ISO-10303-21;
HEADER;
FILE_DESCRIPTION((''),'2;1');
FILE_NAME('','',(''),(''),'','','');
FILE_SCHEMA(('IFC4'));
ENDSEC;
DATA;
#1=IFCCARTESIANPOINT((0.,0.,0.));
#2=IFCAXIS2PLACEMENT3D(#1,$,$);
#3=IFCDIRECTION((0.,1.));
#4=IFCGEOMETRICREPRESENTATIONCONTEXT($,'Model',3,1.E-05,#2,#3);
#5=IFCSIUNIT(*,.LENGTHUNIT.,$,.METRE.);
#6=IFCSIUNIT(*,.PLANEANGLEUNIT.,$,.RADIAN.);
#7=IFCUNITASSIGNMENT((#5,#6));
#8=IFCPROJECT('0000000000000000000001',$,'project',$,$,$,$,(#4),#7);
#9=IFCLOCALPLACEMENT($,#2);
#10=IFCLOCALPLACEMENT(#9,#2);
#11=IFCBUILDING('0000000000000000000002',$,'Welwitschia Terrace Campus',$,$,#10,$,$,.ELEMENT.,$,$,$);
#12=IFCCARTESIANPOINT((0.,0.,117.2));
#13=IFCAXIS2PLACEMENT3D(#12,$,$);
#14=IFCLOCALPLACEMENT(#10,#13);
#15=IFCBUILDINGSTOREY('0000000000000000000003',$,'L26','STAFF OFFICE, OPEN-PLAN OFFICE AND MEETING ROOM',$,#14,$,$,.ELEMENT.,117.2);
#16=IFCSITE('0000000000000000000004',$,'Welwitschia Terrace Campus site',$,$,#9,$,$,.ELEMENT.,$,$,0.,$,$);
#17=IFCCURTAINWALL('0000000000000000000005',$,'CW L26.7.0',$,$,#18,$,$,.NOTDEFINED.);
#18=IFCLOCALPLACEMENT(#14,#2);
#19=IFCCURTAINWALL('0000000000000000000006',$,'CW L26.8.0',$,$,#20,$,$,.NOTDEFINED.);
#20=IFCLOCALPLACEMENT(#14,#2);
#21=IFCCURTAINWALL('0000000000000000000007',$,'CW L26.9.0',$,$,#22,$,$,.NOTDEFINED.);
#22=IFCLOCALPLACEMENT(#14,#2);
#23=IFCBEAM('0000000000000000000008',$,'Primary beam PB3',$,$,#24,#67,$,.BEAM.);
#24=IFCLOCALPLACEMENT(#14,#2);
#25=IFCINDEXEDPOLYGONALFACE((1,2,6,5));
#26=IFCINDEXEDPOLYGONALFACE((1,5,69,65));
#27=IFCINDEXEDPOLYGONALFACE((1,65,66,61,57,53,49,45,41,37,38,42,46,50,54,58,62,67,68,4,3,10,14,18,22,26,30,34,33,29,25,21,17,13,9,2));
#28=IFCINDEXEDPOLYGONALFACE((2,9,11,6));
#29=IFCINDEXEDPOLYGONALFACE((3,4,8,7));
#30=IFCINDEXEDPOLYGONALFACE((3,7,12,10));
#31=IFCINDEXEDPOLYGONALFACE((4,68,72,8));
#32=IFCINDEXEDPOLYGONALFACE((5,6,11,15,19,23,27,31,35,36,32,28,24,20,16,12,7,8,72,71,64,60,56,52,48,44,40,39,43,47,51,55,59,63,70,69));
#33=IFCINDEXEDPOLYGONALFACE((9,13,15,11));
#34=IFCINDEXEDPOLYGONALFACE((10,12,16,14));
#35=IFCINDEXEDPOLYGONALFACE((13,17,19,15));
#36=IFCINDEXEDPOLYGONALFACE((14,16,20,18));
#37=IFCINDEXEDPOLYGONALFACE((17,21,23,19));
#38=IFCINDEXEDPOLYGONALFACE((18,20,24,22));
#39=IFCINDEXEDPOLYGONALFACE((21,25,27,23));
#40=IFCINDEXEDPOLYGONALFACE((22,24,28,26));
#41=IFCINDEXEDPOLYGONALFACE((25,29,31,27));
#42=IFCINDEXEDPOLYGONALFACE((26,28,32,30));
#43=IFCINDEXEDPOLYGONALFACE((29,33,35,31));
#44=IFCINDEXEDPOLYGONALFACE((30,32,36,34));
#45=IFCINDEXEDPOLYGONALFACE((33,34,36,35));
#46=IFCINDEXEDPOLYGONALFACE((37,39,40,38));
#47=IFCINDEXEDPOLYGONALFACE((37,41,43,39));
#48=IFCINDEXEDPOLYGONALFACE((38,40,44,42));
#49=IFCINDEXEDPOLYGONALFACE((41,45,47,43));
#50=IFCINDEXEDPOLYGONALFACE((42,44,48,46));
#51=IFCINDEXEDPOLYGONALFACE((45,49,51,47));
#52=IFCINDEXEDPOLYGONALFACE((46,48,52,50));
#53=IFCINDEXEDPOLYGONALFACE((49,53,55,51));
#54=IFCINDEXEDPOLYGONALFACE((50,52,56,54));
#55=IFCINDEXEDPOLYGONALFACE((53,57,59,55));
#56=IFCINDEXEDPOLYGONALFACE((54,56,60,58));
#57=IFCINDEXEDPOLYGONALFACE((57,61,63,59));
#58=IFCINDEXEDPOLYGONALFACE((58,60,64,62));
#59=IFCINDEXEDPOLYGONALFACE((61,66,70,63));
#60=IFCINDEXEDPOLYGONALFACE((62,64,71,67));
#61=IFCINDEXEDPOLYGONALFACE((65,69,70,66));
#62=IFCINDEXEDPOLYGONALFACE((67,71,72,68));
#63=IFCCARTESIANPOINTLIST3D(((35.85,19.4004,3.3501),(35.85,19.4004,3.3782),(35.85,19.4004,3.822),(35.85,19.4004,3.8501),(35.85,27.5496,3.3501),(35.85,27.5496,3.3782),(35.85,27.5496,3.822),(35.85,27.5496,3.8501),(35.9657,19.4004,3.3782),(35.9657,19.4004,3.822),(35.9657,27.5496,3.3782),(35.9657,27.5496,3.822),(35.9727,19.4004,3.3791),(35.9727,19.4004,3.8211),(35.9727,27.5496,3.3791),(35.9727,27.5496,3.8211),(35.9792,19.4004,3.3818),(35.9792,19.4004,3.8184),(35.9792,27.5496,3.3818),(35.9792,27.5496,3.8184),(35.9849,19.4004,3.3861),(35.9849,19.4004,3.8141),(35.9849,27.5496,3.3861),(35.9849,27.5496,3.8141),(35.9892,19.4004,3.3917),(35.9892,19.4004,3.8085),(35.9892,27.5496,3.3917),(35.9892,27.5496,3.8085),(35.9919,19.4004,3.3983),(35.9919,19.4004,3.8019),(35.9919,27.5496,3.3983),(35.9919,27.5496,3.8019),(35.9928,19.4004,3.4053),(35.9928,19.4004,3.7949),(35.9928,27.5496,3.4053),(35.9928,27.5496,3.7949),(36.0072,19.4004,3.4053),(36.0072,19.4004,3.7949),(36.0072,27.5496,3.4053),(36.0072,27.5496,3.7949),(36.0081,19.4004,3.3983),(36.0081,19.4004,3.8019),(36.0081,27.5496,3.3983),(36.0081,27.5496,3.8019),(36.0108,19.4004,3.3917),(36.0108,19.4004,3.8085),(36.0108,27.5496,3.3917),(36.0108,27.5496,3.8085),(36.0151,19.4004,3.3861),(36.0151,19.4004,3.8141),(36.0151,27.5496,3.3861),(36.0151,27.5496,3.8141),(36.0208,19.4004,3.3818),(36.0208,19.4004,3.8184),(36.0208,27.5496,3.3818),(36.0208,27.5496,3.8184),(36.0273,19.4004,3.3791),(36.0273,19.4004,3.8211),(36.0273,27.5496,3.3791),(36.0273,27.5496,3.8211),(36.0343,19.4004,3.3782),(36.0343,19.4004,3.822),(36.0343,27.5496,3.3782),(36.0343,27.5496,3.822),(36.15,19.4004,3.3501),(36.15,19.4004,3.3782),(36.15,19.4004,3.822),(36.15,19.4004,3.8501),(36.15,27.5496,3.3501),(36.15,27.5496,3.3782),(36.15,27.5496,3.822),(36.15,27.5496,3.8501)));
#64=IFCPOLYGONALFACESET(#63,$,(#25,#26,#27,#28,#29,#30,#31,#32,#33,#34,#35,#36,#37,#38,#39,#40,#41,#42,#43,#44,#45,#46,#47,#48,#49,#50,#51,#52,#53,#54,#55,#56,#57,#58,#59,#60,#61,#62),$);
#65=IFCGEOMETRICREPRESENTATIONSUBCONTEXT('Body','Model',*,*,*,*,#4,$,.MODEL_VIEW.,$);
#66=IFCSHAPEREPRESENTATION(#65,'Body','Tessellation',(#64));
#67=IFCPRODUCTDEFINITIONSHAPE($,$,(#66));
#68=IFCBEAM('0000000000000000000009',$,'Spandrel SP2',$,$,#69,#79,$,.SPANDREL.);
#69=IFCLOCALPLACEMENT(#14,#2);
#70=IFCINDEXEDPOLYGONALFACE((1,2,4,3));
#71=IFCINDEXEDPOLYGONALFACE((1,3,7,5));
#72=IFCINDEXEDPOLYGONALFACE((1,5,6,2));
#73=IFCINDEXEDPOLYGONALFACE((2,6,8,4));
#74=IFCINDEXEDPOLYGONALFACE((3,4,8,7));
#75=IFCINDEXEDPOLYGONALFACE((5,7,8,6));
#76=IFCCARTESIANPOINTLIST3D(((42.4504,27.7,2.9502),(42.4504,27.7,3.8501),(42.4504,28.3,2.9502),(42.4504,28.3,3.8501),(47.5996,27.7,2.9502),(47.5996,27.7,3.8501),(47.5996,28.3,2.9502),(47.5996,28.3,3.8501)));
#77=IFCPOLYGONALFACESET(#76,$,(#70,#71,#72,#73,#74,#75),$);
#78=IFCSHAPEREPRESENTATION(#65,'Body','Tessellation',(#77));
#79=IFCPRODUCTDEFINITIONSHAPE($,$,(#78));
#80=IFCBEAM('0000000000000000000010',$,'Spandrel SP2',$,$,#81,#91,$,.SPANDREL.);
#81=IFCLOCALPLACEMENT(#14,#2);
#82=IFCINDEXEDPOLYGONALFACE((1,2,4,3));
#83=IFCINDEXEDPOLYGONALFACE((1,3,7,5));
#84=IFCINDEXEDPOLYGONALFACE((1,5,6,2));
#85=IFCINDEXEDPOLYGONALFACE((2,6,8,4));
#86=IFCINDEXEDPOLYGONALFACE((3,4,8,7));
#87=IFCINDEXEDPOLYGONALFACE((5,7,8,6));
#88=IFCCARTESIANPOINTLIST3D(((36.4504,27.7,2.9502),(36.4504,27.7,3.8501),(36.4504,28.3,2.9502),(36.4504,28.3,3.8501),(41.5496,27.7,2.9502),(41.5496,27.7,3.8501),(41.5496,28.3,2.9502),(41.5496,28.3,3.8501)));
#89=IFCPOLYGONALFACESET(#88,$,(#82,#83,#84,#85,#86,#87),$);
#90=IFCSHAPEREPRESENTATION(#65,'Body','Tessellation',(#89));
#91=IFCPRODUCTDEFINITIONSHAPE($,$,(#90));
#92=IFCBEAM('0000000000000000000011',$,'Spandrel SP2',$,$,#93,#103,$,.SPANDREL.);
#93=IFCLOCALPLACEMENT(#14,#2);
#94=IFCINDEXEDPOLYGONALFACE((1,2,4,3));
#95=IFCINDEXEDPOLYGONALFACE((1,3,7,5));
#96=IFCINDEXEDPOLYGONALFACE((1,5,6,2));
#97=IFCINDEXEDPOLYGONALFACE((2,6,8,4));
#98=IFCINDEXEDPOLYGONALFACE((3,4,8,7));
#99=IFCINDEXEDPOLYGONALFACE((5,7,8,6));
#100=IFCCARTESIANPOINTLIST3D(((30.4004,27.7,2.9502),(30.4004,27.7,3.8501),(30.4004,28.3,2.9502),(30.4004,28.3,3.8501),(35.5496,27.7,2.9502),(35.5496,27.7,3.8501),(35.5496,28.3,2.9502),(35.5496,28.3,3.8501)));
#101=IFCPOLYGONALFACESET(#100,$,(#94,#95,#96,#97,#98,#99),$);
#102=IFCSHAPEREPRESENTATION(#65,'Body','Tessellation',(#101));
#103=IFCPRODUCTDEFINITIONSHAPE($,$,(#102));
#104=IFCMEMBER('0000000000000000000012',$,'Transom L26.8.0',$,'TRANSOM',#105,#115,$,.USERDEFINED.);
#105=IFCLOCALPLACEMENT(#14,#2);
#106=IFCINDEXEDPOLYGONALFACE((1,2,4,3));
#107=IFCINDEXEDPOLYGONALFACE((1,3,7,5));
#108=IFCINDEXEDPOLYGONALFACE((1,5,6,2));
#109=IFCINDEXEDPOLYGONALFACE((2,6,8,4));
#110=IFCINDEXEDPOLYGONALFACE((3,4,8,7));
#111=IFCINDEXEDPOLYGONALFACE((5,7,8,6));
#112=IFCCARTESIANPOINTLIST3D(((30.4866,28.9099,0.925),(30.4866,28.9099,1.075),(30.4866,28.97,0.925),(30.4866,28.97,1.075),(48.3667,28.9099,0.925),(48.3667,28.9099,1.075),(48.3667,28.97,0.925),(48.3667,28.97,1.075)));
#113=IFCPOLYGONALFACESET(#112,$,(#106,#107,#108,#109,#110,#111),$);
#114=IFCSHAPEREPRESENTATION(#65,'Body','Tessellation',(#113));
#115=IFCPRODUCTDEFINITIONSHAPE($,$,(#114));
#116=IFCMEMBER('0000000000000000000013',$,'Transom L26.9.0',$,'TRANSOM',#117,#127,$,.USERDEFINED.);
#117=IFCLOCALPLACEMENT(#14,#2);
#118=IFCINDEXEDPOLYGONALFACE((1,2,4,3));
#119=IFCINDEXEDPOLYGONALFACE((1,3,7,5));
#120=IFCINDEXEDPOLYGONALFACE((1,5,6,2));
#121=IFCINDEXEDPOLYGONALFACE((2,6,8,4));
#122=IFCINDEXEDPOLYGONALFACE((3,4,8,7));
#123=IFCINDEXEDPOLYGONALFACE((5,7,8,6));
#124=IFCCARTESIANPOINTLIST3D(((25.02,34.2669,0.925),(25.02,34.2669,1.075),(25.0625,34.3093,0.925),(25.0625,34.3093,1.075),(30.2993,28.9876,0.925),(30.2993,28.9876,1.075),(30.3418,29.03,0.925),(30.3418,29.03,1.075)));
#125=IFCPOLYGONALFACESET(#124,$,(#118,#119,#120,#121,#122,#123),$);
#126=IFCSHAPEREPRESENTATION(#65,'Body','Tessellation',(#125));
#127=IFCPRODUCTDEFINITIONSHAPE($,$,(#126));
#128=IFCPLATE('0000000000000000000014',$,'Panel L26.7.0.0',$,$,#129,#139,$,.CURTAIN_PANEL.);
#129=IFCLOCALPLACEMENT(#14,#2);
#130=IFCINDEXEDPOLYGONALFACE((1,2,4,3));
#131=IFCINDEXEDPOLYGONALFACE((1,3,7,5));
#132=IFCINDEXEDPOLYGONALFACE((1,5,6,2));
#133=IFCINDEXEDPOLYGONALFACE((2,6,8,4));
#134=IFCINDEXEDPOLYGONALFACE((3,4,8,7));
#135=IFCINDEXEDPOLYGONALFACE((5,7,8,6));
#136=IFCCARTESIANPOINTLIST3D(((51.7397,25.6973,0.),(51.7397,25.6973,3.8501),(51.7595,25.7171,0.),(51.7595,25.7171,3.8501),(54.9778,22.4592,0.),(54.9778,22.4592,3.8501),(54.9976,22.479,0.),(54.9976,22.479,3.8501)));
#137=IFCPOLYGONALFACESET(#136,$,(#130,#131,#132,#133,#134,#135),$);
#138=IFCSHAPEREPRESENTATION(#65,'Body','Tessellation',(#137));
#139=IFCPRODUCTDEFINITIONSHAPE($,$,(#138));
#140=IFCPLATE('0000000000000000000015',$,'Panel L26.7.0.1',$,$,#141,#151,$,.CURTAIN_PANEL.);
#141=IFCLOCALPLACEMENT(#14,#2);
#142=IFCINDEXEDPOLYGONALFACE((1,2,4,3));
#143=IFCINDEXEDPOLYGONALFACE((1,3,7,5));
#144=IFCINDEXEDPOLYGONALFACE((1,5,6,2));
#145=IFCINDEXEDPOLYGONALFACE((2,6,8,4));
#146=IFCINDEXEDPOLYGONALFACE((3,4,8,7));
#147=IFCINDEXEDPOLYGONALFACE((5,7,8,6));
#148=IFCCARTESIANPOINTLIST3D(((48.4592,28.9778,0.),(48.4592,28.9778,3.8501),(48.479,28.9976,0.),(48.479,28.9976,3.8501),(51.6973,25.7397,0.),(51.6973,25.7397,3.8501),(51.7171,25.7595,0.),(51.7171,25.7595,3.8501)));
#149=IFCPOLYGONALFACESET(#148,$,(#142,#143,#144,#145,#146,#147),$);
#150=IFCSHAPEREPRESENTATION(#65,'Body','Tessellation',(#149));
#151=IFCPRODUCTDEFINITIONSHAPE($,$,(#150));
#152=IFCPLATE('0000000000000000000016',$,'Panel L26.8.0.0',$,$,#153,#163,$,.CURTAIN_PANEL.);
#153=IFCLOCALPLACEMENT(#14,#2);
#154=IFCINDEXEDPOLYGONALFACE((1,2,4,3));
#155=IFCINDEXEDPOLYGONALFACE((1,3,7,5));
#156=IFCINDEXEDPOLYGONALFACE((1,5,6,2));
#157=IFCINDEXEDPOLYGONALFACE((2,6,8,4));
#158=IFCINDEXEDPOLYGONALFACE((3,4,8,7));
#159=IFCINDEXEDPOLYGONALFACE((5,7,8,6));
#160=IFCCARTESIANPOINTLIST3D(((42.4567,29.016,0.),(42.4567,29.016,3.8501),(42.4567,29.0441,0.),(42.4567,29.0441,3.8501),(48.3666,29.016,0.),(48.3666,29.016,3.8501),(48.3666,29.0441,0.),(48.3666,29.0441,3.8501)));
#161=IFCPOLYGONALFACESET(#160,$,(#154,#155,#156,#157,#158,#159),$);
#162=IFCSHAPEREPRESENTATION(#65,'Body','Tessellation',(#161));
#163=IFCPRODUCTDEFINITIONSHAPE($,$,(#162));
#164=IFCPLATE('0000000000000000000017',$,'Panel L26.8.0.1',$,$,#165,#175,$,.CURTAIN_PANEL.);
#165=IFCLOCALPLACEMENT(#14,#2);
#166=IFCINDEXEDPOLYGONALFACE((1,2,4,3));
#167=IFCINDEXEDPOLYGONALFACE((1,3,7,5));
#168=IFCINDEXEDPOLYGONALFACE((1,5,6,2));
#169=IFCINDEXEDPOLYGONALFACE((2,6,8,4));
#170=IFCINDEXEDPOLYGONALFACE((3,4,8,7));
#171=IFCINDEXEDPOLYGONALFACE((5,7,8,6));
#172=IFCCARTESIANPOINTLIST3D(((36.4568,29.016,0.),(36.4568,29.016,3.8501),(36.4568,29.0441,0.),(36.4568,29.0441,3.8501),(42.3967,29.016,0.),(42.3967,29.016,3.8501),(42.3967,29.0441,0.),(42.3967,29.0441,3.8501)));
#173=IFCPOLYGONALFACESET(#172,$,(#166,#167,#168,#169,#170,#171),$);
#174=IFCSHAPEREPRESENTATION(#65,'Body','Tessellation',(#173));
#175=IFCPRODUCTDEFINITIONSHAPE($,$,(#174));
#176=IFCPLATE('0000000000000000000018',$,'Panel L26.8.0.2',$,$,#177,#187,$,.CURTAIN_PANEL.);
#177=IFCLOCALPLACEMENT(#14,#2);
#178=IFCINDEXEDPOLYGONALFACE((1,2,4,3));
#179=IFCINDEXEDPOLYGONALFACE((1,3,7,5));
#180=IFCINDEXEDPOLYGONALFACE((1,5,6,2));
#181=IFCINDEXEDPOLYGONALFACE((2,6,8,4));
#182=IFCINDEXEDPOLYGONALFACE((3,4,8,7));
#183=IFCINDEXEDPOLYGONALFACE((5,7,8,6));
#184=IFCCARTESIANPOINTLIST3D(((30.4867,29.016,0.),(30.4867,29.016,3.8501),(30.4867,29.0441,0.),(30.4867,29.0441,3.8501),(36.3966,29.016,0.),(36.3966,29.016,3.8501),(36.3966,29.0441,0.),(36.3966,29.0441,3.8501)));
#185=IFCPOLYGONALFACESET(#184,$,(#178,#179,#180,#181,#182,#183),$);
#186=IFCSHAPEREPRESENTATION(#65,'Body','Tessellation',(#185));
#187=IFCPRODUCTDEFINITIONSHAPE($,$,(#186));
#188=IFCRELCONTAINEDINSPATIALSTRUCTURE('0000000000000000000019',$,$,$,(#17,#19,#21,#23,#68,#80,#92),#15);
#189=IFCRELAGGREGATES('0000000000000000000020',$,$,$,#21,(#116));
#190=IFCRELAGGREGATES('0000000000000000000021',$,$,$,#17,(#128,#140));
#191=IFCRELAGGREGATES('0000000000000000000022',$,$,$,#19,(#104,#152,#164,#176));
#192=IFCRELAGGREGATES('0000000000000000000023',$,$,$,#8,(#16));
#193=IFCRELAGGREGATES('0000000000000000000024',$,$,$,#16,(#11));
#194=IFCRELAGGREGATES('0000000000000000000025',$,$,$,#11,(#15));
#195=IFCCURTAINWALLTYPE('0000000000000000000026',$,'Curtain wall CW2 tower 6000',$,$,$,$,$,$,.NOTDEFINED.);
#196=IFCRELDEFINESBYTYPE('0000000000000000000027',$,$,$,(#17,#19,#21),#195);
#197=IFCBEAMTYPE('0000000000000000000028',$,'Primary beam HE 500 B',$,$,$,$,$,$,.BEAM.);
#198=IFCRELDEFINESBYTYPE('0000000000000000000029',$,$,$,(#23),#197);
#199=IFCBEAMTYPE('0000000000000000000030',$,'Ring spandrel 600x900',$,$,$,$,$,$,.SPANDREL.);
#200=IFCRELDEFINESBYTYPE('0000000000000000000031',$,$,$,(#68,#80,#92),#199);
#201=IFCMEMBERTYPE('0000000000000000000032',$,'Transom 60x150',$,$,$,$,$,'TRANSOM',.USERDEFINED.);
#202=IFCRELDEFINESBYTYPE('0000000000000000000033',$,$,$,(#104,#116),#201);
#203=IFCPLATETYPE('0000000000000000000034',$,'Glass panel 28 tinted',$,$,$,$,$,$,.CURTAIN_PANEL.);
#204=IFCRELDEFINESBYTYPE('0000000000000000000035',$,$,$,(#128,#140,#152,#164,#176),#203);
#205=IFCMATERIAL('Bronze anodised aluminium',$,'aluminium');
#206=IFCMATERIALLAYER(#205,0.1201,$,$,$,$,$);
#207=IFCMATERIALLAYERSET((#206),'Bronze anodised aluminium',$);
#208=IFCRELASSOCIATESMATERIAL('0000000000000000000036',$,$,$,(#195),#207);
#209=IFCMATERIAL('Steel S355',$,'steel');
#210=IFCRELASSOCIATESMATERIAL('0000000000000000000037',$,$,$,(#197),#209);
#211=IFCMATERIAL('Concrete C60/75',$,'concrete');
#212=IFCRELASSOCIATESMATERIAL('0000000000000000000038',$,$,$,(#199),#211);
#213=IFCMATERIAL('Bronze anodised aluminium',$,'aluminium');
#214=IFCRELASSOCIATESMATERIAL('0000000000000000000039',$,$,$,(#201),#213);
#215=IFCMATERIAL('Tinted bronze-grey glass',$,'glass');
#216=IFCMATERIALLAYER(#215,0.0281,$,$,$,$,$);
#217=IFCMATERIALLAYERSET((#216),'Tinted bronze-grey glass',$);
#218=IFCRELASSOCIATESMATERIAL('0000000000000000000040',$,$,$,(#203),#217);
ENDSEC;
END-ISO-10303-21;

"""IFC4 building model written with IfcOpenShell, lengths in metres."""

from ifc_helpers import new_model, si_unit, direction, frame, origin, origin_2d, place, context, subcontext, project, spatial, rectangle, i_section, extrude, material, layer, layer_set, material_profile, profile_set, type_object, element, aggregate, save


model = new_model("IFC4")

# Units and contexts
model_context = context("Model", 3, precision=1e-05, world=origin(), true_north=direction((0.0, 1.0)))
body_context = subcontext(model_context, "Body", "Model", "MODEL_VIEW")
ifc_project = project(units=[si_unit("LENGTHUNIT", "METRE"), si_unit("PLANEANGLEUNIT", "RADIAN")], contexts=[model_context])

# Site, building, storey
site_placement = place(None, origin())
site = spatial("IfcSite", under=ifc_project, at=site_placement, Name="Welwitschia Terrace Campus site", CompositionType="ELEMENT", RefElevation=0.0)
building_placement = place(site_placement, origin())
building = spatial("IfcBuilding", under=site, at=building_placement, Name="Welwitschia Terrace Campus", CompositionType="ELEMENT")
storey_placement = place(building_placement, frame((0.0, 0.0, 117.2)))
storey = spatial("IfcBuildingStorey", under=building, at=storey_placement, Name="L26", Description="STAFF OFFICE, OPEN-PLAN OFFICE AND MEETING ROOM", CompositionType="ELEMENT", Elevation=117.2)

# Curtain walls
ifc_material_1 = material(Name="Bronze anodised aluminium", Category="aluminium")
ifc_layer_1 = layer(ifc_material_1, 0.1201)
ifc_layer_set_1 = layer_set([ifc_layer_1], Name="Bronze anodised aluminium")
curtain_wall_type = type_object("IfcCurtainWallType", Name="Curtain wall CW2 tower 6000", PredefinedType="NOTDEFINED", material=ifc_layer_set_1)
curtain_wall_1_placement = place(storey_placement, origin())
curtain_wall_1 = element("IfcCurtainWall", 1, at=curtain_wall_1_placement, inside=storey, type_object=curtain_wall_type, Name="CW L26.7.0", PredefinedType="NOTDEFINED")
curtain_wall_2_placement = place(storey_placement, origin())
curtain_wall_2 = element("IfcCurtainWall", 2, at=curtain_wall_2_placement, inside=storey, type_object=curtain_wall_type, Name="CW L26.8.0", PredefinedType="NOTDEFINED")

# Curtain wall
curtain_wall_3_placement = place(storey_placement, origin())
curtain_wall_3 = element("IfcCurtainWall", 3, at=curtain_wall_3_placement, inside=storey, type_object=curtain_wall_type, Name="CW L26.9.0", PredefinedType="NOTDEFINED")

# Beams
ifc_material_2 = material(Name="Steel S355", Category="steel")
ifc_material_profile_1 = material_profile(ifc_material_2, i_section(OverallWidth=0.3, OverallDepth=0.5, WebThickness=0.0144, FlangeThickness=0.0281, FilletRadius=0.0271, at=origin_2d()))
ifc_profile_set_1 = profile_set([ifc_material_profile_1], Name="Steel S355")
beam_type_1 = type_object("IfcBeamType", Name="Primary beam HE 500 B", PredefinedType="BEAM", material=ifc_profile_set_1)
beam_1_placement = place(storey_placement, frame((36.0, 27.5496, 3.6001), z_axis=(0.0, -1.0, 0.0), x_axis=(1.0, 0.0, 0.0)))
element("IfcBeam", 4, at=beam_1_placement, inside=storey, type_object=beam_type_1, Name="Primary beam PB3", PredefinedType="BEAM", context=body_context, shape_type="SweptSolid", body=[
    extrude(i_section(OverallWidth=0.3, OverallDepth=0.5, WebThickness=0.0144, FlangeThickness=0.0281, FilletRadius=0.0271, at=origin_2d()), origin(), (0.0, 0.0, 1.0), 8.1492),
])
ifc_material_3 = material(Name="Concrete C60/75", Category="concrete")
ifc_material_profile_2 = material_profile(ifc_material_3, rectangle(XDim=0.6001, YDim=0.8999, at=origin_2d()))
ifc_profile_set_2 = profile_set([ifc_material_profile_2], Name="Concrete C60/75")
beam_type_2 = type_object("IfcBeamType", Name="Ring spandrel 600x900", PredefinedType="SPANDREL", material=ifc_profile_set_2)
beam_2_placement = place(storey_placement, frame((47.5996, 28.0, 3.4001), z_axis=(-1.0, 0.0, 0.0), x_axis=(0.0, -1.0, 0.0)))
element("IfcBeam", 5, at=beam_2_placement, inside=storey, type_object=beam_type_2, Name="Spandrel SP2", PredefinedType="SPANDREL", context=body_context, shape_type="SweptSolid", body=[
    extrude(rectangle(XDim=0.6001, YDim=0.8999, at=origin_2d()), origin(), (0.0, 0.0, 1.0), 5.1492),
])
beam_3_placement = place(storey_placement, frame((41.5496, 28.0, 3.4001), z_axis=(-1.0, 0.0, 0.0), x_axis=(0.0, -1.0, 0.0)))
element("IfcBeam", 6, at=beam_3_placement, inside=storey, type_object=beam_type_2, Name="Spandrel SP2", PredefinedType="SPANDREL", context=body_context, shape_type="SweptSolid", body=[
    extrude(rectangle(XDim=0.6001, YDim=0.8999, at=origin_2d()), origin(), (0.0, 0.0, 1.0), 5.0991),
])
beam_4_placement = place(storey_placement, frame((35.5496, 28.0, 3.4001), z_axis=(-1.0, 0.0, 0.0), x_axis=(0.0, -1.0, 0.0)))
element("IfcBeam", 7, at=beam_4_placement, inside=storey, type_object=beam_type_2, Name="Spandrel SP2", PredefinedType="SPANDREL", context=body_context, shape_type="SweptSolid", body=[
    extrude(rectangle(XDim=0.6001, YDim=0.8999, at=origin_2d()), origin(), (0.0, 0.0, 1.0), 5.1492),
])

# Members
ifc_material_4 = material(Name="Bronze anodised aluminium", Category="aluminium")
ifc_material_profile_3 = material_profile(ifc_material_4, rectangle(XDim=0.0601, YDim=0.1499, at=origin_2d()))
ifc_profile_set_3 = profile_set([ifc_material_profile_3], Name="Bronze anodised aluminium")
member_type_1 = type_object("IfcMemberType", Name="Transom 60x150", ElementType="TRANSOM", PredefinedType="USERDEFINED", material=ifc_profile_set_3)
member_1_placement = place(storey_placement, frame((48.3667, 28.9399, 1.0), z_axis=(-1.0, 0.0, 0.0), x_axis=(0.0, -1.0, 0.0)))
member_1 = element("IfcMember", 8, at=member_1_placement, type_object=member_type_1, Name="Transom L26.8.0", ObjectType="TRANSOM", PredefinedType="USERDEFINED", context=body_context, shape_type="SweptSolid", body=[
    extrude(rectangle(XDim=0.0601, YDim=0.1499, at=origin_2d()), origin(), (0.0, 0.0, 1.0), 17.8801),
])
member_2_placement = place(storey_placement, frame((30.3206, 29.0088, 1.0), z_axis=(-0.707107, 0.707107, 0.0), x_axis=(-0.707107, -0.707107, 0.0)))
member_2 = element("IfcMember", 9, at=member_2_placement, type_object=member_type_1, Name="Transom L26.9.0", ObjectType="TRANSOM", PredefinedType="USERDEFINED", context=body_context, shape_type="SweptSolid", body=[
    extrude(rectangle(XDim=0.0601, YDim=0.1499, at=origin_2d()), origin(), (0.0, 0.0, 1.0), 7.4661),
])
aggregate(curtain_wall_3, [member_2])

# Plates
ifc_material_5 = material(Name="Tinted bronze-grey glass", Category="glass")
ifc_layer_2 = layer(ifc_material_5, 0.0281)
ifc_layer_set_2 = layer_set([ifc_layer_2], Name="Tinted bronze-grey glass")
plate_type = type_object("IfcPlateType", Name="Glass panel 28 tinted", PredefinedType="CURTAIN_PANEL", material=ifc_layer_set_2)
plate_1_placement = place(storey_placement, frame((53.3687, 24.0881, 0.0), z_axis=(0.0, 0.0, 1.0), x_axis=(-0.707107, 0.707107, 0.0)))
plate_1 = element("IfcPlate", 10, at=plate_1_placement, type_object=plate_type, Name="Panel L26.7.0.0", PredefinedType="CURTAIN_PANEL", context=body_context, shape_type="SweptSolid", body=[
    extrude(rectangle(XDim=4.5793, YDim=0.0281, at=origin_2d()), origin(), (0.0, 0.0, 1.0), 3.8501),
])
plate_2_placement = place(storey_placement, frame((50.0881, 27.3687, 0.0), z_axis=(0.0, 0.0, 1.0), x_axis=(-0.707107, 0.707107, 0.0)))
plate_2 = element("IfcPlate", 11, at=plate_2_placement, type_object=plate_type, Name="Panel L26.7.0.1", PredefinedType="CURTAIN_PANEL", context=body_context, shape_type="SweptSolid", body=[
    extrude(rectangle(XDim=4.5793, YDim=0.0281, at=origin_2d()), origin(), (0.0, 0.0, 1.0), 3.8501),
])
aggregate(curtain_wall_1, [plate_1, plate_2])
plate_3_placement = place(storey_placement, frame((45.4116, 29.03, 0.0), z_axis=(0.0, 0.0, 1.0), x_axis=(-1.0, 0.0, 0.0)))
plate_3 = element("IfcPlate", 12, at=plate_3_placement, type_object=plate_type, Name="Panel L26.8.0.0", PredefinedType="CURTAIN_PANEL", context=body_context, shape_type="SweptSolid", body=[
    extrude(rectangle(XDim=5.9099, YDim=0.0281, at=origin_2d()), origin(), (0.0, 0.0, 1.0), 3.8501),
])
plate_4_placement = place(storey_placement, frame((39.4268, 29.03, 0.0), z_axis=(0.0, 0.0, 1.0), x_axis=(-1.0, 0.0, 0.0)))
plate_4 = element("IfcPlate", 13, at=plate_4_placement, type_object=plate_type, Name="Panel L26.8.0.1", PredefinedType="CURTAIN_PANEL", context=body_context, shape_type="SweptSolid", body=[
    extrude(rectangle(XDim=5.9399, YDim=0.0281, at=origin_2d()), origin(), (0.0, 0.0, 1.0), 3.8501),
])
plate_5_placement = place(storey_placement, frame((33.4417, 29.03, 0.0), z_axis=(0.0, 0.0, 1.0), x_axis=(-1.0, 0.0, 0.0)))
plate_5 = element("IfcPlate", 14, at=plate_5_placement, type_object=plate_type, Name="Panel L26.8.0.2", PredefinedType="CURTAIN_PANEL", context=body_context, shape_type="SweptSolid", body=[
    extrude(rectangle(XDim=5.9099, YDim=0.0281, at=origin_2d()), origin(), (0.0, 0.0, 1.0), 3.8501),
])
aggregate(curtain_wall_2, [member_1, plate_3, plate_4, plate_5])

save(model, "model.ifc")
